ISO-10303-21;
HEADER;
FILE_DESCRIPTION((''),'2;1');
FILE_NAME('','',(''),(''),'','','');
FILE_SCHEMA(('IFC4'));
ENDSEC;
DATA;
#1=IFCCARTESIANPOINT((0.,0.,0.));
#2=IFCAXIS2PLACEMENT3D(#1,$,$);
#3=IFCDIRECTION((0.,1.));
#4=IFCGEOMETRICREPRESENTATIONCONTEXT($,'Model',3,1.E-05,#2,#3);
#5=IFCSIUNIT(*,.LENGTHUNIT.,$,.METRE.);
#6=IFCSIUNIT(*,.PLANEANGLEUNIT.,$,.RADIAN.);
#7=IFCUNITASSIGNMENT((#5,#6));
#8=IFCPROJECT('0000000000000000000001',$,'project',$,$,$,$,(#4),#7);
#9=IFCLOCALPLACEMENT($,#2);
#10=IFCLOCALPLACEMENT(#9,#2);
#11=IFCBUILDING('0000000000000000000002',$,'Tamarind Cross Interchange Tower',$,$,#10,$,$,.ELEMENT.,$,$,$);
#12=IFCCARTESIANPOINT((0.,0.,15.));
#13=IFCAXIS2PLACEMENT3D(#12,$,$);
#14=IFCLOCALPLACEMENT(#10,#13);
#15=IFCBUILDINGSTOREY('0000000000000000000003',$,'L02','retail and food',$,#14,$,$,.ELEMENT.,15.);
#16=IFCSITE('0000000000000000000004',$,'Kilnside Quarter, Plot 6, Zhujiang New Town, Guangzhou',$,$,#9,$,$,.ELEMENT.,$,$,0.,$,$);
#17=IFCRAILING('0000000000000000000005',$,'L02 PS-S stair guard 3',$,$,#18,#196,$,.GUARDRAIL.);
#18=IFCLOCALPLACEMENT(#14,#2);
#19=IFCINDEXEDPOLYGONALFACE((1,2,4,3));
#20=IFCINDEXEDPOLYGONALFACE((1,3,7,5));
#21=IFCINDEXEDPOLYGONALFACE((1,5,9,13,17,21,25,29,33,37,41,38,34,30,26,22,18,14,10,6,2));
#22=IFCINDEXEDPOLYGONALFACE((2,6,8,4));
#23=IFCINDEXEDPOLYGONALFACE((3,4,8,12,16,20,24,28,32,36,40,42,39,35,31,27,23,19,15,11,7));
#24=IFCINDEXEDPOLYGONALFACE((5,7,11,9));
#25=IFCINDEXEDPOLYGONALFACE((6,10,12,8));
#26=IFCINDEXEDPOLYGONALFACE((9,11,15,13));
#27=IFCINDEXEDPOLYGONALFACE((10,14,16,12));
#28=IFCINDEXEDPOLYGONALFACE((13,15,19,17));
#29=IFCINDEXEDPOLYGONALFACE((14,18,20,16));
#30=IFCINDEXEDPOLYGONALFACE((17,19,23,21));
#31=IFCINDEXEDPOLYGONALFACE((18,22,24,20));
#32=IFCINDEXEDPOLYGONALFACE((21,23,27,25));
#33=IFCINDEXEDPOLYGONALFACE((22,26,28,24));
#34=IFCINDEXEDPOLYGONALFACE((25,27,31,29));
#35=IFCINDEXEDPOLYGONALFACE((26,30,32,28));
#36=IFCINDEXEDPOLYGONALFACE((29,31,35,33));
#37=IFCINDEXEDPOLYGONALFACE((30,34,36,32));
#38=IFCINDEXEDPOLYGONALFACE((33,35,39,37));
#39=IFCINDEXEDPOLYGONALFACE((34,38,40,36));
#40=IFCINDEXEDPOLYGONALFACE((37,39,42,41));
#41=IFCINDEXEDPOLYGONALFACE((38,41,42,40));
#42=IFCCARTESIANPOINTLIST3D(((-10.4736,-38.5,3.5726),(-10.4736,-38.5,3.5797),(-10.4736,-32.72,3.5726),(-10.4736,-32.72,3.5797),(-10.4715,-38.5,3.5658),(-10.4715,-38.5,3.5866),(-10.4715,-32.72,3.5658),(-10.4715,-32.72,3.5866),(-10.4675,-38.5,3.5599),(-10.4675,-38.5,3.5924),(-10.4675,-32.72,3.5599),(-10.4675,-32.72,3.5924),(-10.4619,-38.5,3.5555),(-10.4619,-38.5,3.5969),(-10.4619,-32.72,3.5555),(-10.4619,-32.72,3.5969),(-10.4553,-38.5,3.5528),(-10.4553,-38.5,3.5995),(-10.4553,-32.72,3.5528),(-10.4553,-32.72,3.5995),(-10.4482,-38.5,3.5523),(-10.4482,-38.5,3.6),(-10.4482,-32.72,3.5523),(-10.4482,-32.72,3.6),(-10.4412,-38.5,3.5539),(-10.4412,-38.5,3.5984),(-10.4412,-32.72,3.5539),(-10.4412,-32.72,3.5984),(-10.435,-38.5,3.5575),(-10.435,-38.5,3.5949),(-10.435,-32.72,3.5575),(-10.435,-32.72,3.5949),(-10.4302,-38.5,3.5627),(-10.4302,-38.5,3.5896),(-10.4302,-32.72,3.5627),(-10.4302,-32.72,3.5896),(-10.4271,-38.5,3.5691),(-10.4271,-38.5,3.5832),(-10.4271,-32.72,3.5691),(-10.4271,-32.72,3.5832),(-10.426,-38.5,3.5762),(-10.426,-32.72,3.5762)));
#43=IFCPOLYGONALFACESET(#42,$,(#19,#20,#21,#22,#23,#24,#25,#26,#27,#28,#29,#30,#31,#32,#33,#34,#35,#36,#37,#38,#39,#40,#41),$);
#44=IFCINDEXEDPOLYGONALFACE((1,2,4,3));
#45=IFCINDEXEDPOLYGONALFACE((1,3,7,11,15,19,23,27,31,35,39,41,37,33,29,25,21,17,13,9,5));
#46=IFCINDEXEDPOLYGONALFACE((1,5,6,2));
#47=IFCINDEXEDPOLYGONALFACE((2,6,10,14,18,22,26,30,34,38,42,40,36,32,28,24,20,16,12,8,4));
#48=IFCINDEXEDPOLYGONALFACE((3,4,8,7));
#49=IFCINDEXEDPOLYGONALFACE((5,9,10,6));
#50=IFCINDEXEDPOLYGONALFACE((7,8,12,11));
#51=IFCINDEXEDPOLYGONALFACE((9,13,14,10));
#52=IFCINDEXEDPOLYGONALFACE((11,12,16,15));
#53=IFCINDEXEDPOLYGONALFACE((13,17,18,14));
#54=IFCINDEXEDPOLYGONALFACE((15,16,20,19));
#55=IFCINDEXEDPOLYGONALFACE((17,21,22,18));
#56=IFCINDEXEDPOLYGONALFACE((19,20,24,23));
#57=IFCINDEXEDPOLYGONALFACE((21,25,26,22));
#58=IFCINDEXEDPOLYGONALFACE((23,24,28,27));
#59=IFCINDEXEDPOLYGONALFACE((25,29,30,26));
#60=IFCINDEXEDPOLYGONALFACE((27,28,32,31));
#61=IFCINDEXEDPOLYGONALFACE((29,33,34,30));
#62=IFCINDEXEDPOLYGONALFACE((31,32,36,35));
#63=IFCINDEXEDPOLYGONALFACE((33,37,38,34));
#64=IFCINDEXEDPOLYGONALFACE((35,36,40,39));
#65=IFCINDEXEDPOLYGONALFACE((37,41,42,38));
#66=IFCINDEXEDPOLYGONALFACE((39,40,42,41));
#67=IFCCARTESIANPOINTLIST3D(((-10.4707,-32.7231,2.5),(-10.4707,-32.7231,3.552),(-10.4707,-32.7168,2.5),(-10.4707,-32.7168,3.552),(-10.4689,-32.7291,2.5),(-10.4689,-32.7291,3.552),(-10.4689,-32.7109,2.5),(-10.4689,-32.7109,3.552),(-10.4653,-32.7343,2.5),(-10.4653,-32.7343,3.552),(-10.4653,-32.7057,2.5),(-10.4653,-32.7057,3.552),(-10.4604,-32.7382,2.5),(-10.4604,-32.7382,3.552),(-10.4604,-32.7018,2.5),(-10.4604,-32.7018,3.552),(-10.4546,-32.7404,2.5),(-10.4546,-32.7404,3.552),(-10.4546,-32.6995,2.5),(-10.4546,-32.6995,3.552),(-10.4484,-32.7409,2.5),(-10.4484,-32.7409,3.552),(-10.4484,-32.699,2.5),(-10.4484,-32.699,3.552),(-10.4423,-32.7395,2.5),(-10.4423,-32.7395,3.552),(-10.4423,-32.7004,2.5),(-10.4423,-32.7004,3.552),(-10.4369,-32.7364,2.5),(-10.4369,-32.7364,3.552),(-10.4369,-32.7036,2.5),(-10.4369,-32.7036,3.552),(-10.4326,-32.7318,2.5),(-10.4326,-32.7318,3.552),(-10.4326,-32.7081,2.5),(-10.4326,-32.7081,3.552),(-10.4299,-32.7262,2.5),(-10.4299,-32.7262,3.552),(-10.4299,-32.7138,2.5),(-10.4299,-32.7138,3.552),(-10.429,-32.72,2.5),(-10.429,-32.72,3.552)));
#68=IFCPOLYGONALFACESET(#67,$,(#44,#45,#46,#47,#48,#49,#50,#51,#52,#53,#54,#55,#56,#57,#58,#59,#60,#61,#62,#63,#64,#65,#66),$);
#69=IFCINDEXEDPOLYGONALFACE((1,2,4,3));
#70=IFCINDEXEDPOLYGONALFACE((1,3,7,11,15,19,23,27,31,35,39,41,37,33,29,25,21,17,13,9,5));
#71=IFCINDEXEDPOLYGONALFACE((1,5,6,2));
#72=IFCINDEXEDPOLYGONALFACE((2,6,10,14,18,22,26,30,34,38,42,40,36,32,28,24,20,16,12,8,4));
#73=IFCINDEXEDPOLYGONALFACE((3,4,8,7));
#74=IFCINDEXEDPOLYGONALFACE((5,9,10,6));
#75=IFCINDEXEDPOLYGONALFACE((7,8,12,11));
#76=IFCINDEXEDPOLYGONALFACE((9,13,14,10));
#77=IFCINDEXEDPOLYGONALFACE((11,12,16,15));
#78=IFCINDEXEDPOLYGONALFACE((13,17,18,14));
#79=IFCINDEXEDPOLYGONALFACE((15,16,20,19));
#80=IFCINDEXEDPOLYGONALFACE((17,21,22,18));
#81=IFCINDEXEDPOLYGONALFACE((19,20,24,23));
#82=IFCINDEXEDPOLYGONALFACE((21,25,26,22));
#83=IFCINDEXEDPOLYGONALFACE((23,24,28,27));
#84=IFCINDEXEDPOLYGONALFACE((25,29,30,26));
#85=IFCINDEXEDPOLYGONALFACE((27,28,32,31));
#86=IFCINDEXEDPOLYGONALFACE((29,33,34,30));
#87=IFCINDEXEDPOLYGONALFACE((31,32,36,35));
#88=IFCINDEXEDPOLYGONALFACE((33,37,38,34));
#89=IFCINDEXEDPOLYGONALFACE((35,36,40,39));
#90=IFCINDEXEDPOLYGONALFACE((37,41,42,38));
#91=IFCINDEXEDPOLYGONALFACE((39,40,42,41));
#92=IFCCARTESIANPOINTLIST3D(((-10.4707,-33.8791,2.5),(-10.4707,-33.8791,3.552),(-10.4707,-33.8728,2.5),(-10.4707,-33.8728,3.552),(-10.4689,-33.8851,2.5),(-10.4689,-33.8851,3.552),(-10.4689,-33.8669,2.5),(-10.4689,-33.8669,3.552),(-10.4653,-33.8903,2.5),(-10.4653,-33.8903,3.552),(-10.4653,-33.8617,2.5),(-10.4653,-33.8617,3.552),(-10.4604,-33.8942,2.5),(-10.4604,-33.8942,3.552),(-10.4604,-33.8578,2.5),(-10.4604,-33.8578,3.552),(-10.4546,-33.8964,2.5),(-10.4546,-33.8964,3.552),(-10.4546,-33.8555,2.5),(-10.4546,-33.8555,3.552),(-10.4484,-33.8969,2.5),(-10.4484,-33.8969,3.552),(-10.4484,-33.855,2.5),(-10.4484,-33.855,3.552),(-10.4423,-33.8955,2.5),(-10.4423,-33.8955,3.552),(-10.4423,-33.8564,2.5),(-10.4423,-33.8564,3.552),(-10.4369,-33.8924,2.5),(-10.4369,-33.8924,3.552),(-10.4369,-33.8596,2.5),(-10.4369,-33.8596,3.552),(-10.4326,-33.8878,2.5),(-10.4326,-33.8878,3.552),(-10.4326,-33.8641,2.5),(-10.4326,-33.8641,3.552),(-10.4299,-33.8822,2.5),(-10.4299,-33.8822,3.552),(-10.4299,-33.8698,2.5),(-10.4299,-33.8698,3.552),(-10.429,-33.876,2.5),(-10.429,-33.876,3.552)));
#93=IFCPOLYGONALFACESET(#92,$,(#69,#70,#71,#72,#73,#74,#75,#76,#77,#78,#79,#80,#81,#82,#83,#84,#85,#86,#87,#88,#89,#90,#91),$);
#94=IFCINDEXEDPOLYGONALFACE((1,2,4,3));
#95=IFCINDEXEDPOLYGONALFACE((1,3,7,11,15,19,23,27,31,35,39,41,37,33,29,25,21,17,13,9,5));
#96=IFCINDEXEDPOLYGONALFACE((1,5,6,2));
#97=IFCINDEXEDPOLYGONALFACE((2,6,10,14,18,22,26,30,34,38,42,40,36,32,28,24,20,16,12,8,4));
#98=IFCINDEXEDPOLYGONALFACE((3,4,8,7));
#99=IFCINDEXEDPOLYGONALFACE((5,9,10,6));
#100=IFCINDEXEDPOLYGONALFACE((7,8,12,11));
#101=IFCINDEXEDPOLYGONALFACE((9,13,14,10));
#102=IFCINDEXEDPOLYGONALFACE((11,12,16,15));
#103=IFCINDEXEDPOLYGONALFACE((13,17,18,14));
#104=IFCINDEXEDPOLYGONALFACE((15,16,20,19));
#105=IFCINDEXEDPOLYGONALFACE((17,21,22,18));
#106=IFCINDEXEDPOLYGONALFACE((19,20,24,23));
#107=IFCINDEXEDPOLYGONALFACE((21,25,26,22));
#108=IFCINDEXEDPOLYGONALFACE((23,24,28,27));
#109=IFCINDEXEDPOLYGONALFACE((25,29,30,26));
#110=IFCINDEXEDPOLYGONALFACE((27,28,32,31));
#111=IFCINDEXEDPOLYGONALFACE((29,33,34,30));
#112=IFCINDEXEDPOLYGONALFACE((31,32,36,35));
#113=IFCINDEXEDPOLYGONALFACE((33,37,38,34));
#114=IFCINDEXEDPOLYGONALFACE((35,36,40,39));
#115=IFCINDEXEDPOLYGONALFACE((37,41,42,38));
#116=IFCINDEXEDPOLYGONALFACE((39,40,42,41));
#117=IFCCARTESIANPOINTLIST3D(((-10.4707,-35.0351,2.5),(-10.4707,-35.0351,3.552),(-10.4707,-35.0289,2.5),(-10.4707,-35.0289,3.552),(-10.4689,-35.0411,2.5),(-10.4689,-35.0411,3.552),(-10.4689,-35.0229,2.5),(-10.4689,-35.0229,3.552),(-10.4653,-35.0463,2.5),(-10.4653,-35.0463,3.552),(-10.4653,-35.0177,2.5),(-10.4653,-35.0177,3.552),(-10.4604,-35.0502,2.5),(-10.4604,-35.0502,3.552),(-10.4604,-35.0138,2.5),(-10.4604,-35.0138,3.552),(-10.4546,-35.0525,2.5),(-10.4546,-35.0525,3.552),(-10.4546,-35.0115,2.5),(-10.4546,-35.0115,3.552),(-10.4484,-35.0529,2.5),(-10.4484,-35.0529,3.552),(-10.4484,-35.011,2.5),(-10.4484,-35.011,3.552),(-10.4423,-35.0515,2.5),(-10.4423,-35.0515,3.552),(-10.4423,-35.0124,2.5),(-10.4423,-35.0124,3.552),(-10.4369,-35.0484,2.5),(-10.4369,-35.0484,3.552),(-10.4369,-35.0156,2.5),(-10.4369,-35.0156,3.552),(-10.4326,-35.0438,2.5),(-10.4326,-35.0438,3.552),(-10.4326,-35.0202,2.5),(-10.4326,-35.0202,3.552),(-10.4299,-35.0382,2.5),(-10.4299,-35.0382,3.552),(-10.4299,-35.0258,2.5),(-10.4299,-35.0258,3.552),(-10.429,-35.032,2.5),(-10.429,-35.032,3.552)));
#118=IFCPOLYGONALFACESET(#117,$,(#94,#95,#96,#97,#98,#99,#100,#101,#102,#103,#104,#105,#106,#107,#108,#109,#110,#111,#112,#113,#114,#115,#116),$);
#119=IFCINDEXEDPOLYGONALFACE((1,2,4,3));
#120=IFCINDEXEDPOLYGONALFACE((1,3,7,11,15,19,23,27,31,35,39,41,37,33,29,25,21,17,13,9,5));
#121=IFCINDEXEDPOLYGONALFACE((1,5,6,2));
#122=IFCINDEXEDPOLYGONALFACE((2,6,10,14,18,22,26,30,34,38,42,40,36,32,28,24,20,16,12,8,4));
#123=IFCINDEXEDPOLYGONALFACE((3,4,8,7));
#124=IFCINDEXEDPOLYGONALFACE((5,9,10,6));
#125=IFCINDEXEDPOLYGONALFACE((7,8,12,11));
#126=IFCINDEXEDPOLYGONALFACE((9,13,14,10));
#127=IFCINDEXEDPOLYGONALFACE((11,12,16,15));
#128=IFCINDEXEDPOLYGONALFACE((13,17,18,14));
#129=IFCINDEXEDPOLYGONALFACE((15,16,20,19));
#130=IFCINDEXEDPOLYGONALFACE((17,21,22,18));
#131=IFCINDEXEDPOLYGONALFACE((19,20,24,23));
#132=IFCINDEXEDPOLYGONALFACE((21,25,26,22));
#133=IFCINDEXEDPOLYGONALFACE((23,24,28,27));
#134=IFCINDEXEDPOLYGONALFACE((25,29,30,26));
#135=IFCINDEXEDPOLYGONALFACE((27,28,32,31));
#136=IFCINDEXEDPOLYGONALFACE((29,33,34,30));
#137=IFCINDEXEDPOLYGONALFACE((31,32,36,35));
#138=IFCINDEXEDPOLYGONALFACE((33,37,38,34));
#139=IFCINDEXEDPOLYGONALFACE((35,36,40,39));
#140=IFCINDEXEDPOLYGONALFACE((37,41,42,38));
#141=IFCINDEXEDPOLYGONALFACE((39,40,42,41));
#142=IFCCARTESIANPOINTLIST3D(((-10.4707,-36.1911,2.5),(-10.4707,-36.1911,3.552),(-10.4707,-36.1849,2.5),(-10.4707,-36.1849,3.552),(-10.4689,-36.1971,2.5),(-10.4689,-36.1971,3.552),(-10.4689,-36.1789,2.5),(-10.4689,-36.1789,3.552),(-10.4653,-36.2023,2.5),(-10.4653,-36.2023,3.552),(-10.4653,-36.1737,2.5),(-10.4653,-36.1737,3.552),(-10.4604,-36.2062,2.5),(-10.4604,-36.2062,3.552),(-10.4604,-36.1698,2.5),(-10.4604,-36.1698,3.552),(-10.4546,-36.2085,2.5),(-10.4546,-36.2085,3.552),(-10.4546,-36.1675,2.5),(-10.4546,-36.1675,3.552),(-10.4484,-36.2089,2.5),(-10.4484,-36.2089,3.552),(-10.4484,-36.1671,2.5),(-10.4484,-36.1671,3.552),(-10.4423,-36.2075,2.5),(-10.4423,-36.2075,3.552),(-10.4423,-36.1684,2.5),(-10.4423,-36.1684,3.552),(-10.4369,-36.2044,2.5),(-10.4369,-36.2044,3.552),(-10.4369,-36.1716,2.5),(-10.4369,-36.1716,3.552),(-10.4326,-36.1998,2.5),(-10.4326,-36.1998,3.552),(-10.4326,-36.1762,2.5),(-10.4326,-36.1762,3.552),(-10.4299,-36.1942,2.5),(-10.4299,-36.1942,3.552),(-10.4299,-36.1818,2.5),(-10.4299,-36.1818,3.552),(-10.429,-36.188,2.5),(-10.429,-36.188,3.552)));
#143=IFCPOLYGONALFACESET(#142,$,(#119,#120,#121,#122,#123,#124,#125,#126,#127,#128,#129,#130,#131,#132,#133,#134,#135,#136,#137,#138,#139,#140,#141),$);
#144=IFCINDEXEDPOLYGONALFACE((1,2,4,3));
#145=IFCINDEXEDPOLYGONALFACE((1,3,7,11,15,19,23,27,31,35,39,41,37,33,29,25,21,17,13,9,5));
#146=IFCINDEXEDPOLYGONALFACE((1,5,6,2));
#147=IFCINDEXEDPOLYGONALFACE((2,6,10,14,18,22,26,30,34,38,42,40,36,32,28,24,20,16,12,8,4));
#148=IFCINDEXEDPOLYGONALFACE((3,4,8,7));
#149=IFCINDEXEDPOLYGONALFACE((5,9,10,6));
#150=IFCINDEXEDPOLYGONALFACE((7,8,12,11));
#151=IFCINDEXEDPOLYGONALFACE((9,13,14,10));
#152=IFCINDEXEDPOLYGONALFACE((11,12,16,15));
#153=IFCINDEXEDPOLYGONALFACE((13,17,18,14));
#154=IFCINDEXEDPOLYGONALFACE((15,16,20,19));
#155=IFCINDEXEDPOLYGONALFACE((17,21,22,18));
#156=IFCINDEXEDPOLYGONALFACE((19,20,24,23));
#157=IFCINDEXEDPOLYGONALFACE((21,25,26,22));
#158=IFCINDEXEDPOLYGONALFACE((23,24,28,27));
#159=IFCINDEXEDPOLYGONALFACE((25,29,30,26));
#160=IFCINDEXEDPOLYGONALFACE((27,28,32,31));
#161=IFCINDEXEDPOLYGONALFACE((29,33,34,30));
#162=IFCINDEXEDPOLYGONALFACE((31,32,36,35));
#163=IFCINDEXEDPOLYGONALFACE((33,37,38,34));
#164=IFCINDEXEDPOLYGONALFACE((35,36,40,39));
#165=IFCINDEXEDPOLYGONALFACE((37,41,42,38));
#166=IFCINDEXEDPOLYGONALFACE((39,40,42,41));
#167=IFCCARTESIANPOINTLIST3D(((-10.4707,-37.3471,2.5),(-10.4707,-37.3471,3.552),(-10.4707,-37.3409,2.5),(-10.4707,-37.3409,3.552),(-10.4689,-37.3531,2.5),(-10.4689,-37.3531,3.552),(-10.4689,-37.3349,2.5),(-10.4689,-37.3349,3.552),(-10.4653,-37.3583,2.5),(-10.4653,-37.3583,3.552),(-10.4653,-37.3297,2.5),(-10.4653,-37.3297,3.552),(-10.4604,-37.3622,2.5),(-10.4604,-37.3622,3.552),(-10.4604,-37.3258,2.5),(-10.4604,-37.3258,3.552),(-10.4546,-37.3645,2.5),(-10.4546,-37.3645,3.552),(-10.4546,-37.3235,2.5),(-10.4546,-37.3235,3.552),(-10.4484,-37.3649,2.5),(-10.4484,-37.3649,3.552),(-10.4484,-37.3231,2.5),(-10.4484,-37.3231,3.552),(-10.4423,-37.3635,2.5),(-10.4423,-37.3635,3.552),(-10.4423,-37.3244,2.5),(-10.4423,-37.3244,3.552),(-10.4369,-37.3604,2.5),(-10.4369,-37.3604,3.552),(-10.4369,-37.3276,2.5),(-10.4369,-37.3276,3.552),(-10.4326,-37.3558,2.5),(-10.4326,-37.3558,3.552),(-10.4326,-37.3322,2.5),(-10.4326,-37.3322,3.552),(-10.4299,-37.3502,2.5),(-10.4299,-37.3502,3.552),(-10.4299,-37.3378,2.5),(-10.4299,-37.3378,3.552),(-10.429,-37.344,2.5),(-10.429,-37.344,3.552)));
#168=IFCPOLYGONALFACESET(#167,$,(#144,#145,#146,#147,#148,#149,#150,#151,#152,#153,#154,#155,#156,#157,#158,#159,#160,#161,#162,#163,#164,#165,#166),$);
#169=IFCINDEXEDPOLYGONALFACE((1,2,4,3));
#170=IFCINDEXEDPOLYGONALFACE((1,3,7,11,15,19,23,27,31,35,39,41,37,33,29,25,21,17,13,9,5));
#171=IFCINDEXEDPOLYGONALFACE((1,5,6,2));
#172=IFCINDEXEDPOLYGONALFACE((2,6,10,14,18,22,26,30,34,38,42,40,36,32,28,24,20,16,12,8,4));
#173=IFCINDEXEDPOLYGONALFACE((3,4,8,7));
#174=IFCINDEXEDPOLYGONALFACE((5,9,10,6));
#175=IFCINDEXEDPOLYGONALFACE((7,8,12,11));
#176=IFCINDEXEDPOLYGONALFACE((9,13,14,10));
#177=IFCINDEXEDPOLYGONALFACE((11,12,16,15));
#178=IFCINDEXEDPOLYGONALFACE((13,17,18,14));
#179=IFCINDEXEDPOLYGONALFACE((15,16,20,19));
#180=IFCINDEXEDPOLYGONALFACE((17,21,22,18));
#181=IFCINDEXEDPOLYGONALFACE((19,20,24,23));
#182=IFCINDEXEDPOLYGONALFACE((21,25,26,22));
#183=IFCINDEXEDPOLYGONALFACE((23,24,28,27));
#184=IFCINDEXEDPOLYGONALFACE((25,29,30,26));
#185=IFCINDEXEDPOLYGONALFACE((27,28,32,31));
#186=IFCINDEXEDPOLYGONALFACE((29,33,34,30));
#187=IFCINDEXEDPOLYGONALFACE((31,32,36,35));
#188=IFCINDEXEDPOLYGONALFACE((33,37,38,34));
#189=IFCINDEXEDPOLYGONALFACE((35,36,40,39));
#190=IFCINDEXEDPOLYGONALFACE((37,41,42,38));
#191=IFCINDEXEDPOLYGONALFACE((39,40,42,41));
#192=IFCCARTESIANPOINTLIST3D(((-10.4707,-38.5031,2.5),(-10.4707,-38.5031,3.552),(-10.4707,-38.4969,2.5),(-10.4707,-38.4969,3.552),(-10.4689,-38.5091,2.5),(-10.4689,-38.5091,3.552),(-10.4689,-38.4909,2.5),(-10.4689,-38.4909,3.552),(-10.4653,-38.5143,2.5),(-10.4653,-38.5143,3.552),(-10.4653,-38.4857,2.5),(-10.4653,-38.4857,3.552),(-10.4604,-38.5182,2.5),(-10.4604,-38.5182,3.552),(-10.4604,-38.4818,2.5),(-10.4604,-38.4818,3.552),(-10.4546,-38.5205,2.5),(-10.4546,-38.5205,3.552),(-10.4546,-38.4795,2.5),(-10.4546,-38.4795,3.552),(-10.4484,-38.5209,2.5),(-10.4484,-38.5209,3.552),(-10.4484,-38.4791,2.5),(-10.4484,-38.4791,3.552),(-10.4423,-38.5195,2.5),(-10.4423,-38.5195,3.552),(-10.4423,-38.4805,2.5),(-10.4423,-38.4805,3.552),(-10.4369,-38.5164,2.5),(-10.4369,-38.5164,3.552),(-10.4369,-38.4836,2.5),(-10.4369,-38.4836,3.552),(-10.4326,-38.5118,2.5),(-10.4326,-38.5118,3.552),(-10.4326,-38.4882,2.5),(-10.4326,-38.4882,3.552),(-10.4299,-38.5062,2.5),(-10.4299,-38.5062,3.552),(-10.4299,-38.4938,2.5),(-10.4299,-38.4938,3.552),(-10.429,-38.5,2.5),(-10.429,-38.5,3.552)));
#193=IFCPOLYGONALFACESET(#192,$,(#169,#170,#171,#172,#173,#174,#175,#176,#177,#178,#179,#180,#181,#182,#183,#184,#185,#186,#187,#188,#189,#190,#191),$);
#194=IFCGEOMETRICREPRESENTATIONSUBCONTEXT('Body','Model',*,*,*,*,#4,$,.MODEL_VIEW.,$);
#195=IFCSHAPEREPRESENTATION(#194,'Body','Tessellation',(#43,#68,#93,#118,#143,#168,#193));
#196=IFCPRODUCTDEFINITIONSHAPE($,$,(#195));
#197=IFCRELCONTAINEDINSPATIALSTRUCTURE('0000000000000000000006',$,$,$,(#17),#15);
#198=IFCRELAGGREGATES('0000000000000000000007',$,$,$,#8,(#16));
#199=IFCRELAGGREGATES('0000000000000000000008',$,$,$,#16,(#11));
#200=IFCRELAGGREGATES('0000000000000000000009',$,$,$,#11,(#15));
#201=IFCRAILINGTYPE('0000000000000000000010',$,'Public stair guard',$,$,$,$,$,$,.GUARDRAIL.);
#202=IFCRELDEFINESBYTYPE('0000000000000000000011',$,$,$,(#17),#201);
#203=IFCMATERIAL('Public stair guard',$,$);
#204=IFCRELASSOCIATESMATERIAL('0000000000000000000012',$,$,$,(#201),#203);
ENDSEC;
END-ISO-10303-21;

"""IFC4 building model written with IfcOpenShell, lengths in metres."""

from ifc_helpers import new_model, si_unit, direction, frame, origin, origin_2d, place, context, subcontext, project, spatial, circle, extrude, material, type_object, element, save


model = new_model("IFC4")

# Units and contexts
model_context = context("Model", 3, precision=1e-05, world=origin(), true_north=direction((0.0, 1.0)))
body_context = subcontext(model_context, "Body", "Model", "MODEL_VIEW")
ifc_project = project(units=[si_unit("LENGTHUNIT", "METRE"), si_unit("PLANEANGLEUNIT", "RADIAN")], contexts=[model_context])

# Site, building, storey
site_placement = place(None, origin())
site = spatial("IfcSite", under=ifc_project, at=site_placement, Name="Kilnside Quarter, Plot 6, Zhujiang New Town, Guangzhou", CompositionType="ELEMENT", RefElevation=0.0)
building_placement = place(site_placement, origin())
building = spatial("IfcBuilding", under=site, at=building_placement, Name="Tamarind Cross Interchange Tower", CompositionType="ELEMENT")
storey_placement = place(building_placement, frame((0.0, 0.0, 15.0)))
storey = spatial("IfcBuildingStorey", under=building, at=storey_placement, Name="L02", Description="retail and food", CompositionType="ELEMENT", Elevation=15.0)

# Railing
ifc_material_1 = material(Name="Public stair guard")
railing_type_1 = type_object("IfcRailingType", Name="Public stair guard", PredefinedType="GUARDRAIL", material=ifc_material_1)
for number, where, name in (
    (1, (-10.45, -32.72, 2.5), "L02 PS-S stair guard 3"),
):
    element("IfcRailing", number, at=place(storey_placement, frame(where)), inside=storey, type_object=railing_type_1, Name=name, PredefinedType="GUARDRAIL", context=body_context, shape_type="SweptSolid", body=[
        extrude(circle(Radius=0.0239, at=origin_2d()), frame((0.0, 0.0, 1.0762), z_axis=(0.0, -1.0, 0.0), x_axis=(1.0, 0.0, 0.0)), (0.0, 0.0, 1.0), 5.78),
        extrude(circle(Radius=0.021, at=origin_2d()), origin(), (0.0, 0.0, 1.0), 1.052),
        extrude(circle(Radius=0.021, at=origin_2d()), frame((0.0, -1.156, 0.0)), (0.0, 0.0, 1.0), 1.052),
        extrude(circle(Radius=0.021, at=origin_2d()), frame((0.0, -2.312, 0.0)), (0.0, 0.0, 1.0), 1.052),
        extrude(circle(Radius=0.021, at=origin_2d()), frame((0.0, -3.468, 0.0)), (0.0, 0.0, 1.0), 1.052),
        extrude(circle(Radius=0.021, at=origin_2d()), frame((0.0, -4.624, 0.0)), (0.0, 0.0, 1.0), 1.052),
        extrude(circle(Radius=0.021, at=origin_2d()), frame((0.0, -5.78, 0.0)), (0.0, 0.0, 1.0), 1.052),
    ])

save(model, "model.ifc")
